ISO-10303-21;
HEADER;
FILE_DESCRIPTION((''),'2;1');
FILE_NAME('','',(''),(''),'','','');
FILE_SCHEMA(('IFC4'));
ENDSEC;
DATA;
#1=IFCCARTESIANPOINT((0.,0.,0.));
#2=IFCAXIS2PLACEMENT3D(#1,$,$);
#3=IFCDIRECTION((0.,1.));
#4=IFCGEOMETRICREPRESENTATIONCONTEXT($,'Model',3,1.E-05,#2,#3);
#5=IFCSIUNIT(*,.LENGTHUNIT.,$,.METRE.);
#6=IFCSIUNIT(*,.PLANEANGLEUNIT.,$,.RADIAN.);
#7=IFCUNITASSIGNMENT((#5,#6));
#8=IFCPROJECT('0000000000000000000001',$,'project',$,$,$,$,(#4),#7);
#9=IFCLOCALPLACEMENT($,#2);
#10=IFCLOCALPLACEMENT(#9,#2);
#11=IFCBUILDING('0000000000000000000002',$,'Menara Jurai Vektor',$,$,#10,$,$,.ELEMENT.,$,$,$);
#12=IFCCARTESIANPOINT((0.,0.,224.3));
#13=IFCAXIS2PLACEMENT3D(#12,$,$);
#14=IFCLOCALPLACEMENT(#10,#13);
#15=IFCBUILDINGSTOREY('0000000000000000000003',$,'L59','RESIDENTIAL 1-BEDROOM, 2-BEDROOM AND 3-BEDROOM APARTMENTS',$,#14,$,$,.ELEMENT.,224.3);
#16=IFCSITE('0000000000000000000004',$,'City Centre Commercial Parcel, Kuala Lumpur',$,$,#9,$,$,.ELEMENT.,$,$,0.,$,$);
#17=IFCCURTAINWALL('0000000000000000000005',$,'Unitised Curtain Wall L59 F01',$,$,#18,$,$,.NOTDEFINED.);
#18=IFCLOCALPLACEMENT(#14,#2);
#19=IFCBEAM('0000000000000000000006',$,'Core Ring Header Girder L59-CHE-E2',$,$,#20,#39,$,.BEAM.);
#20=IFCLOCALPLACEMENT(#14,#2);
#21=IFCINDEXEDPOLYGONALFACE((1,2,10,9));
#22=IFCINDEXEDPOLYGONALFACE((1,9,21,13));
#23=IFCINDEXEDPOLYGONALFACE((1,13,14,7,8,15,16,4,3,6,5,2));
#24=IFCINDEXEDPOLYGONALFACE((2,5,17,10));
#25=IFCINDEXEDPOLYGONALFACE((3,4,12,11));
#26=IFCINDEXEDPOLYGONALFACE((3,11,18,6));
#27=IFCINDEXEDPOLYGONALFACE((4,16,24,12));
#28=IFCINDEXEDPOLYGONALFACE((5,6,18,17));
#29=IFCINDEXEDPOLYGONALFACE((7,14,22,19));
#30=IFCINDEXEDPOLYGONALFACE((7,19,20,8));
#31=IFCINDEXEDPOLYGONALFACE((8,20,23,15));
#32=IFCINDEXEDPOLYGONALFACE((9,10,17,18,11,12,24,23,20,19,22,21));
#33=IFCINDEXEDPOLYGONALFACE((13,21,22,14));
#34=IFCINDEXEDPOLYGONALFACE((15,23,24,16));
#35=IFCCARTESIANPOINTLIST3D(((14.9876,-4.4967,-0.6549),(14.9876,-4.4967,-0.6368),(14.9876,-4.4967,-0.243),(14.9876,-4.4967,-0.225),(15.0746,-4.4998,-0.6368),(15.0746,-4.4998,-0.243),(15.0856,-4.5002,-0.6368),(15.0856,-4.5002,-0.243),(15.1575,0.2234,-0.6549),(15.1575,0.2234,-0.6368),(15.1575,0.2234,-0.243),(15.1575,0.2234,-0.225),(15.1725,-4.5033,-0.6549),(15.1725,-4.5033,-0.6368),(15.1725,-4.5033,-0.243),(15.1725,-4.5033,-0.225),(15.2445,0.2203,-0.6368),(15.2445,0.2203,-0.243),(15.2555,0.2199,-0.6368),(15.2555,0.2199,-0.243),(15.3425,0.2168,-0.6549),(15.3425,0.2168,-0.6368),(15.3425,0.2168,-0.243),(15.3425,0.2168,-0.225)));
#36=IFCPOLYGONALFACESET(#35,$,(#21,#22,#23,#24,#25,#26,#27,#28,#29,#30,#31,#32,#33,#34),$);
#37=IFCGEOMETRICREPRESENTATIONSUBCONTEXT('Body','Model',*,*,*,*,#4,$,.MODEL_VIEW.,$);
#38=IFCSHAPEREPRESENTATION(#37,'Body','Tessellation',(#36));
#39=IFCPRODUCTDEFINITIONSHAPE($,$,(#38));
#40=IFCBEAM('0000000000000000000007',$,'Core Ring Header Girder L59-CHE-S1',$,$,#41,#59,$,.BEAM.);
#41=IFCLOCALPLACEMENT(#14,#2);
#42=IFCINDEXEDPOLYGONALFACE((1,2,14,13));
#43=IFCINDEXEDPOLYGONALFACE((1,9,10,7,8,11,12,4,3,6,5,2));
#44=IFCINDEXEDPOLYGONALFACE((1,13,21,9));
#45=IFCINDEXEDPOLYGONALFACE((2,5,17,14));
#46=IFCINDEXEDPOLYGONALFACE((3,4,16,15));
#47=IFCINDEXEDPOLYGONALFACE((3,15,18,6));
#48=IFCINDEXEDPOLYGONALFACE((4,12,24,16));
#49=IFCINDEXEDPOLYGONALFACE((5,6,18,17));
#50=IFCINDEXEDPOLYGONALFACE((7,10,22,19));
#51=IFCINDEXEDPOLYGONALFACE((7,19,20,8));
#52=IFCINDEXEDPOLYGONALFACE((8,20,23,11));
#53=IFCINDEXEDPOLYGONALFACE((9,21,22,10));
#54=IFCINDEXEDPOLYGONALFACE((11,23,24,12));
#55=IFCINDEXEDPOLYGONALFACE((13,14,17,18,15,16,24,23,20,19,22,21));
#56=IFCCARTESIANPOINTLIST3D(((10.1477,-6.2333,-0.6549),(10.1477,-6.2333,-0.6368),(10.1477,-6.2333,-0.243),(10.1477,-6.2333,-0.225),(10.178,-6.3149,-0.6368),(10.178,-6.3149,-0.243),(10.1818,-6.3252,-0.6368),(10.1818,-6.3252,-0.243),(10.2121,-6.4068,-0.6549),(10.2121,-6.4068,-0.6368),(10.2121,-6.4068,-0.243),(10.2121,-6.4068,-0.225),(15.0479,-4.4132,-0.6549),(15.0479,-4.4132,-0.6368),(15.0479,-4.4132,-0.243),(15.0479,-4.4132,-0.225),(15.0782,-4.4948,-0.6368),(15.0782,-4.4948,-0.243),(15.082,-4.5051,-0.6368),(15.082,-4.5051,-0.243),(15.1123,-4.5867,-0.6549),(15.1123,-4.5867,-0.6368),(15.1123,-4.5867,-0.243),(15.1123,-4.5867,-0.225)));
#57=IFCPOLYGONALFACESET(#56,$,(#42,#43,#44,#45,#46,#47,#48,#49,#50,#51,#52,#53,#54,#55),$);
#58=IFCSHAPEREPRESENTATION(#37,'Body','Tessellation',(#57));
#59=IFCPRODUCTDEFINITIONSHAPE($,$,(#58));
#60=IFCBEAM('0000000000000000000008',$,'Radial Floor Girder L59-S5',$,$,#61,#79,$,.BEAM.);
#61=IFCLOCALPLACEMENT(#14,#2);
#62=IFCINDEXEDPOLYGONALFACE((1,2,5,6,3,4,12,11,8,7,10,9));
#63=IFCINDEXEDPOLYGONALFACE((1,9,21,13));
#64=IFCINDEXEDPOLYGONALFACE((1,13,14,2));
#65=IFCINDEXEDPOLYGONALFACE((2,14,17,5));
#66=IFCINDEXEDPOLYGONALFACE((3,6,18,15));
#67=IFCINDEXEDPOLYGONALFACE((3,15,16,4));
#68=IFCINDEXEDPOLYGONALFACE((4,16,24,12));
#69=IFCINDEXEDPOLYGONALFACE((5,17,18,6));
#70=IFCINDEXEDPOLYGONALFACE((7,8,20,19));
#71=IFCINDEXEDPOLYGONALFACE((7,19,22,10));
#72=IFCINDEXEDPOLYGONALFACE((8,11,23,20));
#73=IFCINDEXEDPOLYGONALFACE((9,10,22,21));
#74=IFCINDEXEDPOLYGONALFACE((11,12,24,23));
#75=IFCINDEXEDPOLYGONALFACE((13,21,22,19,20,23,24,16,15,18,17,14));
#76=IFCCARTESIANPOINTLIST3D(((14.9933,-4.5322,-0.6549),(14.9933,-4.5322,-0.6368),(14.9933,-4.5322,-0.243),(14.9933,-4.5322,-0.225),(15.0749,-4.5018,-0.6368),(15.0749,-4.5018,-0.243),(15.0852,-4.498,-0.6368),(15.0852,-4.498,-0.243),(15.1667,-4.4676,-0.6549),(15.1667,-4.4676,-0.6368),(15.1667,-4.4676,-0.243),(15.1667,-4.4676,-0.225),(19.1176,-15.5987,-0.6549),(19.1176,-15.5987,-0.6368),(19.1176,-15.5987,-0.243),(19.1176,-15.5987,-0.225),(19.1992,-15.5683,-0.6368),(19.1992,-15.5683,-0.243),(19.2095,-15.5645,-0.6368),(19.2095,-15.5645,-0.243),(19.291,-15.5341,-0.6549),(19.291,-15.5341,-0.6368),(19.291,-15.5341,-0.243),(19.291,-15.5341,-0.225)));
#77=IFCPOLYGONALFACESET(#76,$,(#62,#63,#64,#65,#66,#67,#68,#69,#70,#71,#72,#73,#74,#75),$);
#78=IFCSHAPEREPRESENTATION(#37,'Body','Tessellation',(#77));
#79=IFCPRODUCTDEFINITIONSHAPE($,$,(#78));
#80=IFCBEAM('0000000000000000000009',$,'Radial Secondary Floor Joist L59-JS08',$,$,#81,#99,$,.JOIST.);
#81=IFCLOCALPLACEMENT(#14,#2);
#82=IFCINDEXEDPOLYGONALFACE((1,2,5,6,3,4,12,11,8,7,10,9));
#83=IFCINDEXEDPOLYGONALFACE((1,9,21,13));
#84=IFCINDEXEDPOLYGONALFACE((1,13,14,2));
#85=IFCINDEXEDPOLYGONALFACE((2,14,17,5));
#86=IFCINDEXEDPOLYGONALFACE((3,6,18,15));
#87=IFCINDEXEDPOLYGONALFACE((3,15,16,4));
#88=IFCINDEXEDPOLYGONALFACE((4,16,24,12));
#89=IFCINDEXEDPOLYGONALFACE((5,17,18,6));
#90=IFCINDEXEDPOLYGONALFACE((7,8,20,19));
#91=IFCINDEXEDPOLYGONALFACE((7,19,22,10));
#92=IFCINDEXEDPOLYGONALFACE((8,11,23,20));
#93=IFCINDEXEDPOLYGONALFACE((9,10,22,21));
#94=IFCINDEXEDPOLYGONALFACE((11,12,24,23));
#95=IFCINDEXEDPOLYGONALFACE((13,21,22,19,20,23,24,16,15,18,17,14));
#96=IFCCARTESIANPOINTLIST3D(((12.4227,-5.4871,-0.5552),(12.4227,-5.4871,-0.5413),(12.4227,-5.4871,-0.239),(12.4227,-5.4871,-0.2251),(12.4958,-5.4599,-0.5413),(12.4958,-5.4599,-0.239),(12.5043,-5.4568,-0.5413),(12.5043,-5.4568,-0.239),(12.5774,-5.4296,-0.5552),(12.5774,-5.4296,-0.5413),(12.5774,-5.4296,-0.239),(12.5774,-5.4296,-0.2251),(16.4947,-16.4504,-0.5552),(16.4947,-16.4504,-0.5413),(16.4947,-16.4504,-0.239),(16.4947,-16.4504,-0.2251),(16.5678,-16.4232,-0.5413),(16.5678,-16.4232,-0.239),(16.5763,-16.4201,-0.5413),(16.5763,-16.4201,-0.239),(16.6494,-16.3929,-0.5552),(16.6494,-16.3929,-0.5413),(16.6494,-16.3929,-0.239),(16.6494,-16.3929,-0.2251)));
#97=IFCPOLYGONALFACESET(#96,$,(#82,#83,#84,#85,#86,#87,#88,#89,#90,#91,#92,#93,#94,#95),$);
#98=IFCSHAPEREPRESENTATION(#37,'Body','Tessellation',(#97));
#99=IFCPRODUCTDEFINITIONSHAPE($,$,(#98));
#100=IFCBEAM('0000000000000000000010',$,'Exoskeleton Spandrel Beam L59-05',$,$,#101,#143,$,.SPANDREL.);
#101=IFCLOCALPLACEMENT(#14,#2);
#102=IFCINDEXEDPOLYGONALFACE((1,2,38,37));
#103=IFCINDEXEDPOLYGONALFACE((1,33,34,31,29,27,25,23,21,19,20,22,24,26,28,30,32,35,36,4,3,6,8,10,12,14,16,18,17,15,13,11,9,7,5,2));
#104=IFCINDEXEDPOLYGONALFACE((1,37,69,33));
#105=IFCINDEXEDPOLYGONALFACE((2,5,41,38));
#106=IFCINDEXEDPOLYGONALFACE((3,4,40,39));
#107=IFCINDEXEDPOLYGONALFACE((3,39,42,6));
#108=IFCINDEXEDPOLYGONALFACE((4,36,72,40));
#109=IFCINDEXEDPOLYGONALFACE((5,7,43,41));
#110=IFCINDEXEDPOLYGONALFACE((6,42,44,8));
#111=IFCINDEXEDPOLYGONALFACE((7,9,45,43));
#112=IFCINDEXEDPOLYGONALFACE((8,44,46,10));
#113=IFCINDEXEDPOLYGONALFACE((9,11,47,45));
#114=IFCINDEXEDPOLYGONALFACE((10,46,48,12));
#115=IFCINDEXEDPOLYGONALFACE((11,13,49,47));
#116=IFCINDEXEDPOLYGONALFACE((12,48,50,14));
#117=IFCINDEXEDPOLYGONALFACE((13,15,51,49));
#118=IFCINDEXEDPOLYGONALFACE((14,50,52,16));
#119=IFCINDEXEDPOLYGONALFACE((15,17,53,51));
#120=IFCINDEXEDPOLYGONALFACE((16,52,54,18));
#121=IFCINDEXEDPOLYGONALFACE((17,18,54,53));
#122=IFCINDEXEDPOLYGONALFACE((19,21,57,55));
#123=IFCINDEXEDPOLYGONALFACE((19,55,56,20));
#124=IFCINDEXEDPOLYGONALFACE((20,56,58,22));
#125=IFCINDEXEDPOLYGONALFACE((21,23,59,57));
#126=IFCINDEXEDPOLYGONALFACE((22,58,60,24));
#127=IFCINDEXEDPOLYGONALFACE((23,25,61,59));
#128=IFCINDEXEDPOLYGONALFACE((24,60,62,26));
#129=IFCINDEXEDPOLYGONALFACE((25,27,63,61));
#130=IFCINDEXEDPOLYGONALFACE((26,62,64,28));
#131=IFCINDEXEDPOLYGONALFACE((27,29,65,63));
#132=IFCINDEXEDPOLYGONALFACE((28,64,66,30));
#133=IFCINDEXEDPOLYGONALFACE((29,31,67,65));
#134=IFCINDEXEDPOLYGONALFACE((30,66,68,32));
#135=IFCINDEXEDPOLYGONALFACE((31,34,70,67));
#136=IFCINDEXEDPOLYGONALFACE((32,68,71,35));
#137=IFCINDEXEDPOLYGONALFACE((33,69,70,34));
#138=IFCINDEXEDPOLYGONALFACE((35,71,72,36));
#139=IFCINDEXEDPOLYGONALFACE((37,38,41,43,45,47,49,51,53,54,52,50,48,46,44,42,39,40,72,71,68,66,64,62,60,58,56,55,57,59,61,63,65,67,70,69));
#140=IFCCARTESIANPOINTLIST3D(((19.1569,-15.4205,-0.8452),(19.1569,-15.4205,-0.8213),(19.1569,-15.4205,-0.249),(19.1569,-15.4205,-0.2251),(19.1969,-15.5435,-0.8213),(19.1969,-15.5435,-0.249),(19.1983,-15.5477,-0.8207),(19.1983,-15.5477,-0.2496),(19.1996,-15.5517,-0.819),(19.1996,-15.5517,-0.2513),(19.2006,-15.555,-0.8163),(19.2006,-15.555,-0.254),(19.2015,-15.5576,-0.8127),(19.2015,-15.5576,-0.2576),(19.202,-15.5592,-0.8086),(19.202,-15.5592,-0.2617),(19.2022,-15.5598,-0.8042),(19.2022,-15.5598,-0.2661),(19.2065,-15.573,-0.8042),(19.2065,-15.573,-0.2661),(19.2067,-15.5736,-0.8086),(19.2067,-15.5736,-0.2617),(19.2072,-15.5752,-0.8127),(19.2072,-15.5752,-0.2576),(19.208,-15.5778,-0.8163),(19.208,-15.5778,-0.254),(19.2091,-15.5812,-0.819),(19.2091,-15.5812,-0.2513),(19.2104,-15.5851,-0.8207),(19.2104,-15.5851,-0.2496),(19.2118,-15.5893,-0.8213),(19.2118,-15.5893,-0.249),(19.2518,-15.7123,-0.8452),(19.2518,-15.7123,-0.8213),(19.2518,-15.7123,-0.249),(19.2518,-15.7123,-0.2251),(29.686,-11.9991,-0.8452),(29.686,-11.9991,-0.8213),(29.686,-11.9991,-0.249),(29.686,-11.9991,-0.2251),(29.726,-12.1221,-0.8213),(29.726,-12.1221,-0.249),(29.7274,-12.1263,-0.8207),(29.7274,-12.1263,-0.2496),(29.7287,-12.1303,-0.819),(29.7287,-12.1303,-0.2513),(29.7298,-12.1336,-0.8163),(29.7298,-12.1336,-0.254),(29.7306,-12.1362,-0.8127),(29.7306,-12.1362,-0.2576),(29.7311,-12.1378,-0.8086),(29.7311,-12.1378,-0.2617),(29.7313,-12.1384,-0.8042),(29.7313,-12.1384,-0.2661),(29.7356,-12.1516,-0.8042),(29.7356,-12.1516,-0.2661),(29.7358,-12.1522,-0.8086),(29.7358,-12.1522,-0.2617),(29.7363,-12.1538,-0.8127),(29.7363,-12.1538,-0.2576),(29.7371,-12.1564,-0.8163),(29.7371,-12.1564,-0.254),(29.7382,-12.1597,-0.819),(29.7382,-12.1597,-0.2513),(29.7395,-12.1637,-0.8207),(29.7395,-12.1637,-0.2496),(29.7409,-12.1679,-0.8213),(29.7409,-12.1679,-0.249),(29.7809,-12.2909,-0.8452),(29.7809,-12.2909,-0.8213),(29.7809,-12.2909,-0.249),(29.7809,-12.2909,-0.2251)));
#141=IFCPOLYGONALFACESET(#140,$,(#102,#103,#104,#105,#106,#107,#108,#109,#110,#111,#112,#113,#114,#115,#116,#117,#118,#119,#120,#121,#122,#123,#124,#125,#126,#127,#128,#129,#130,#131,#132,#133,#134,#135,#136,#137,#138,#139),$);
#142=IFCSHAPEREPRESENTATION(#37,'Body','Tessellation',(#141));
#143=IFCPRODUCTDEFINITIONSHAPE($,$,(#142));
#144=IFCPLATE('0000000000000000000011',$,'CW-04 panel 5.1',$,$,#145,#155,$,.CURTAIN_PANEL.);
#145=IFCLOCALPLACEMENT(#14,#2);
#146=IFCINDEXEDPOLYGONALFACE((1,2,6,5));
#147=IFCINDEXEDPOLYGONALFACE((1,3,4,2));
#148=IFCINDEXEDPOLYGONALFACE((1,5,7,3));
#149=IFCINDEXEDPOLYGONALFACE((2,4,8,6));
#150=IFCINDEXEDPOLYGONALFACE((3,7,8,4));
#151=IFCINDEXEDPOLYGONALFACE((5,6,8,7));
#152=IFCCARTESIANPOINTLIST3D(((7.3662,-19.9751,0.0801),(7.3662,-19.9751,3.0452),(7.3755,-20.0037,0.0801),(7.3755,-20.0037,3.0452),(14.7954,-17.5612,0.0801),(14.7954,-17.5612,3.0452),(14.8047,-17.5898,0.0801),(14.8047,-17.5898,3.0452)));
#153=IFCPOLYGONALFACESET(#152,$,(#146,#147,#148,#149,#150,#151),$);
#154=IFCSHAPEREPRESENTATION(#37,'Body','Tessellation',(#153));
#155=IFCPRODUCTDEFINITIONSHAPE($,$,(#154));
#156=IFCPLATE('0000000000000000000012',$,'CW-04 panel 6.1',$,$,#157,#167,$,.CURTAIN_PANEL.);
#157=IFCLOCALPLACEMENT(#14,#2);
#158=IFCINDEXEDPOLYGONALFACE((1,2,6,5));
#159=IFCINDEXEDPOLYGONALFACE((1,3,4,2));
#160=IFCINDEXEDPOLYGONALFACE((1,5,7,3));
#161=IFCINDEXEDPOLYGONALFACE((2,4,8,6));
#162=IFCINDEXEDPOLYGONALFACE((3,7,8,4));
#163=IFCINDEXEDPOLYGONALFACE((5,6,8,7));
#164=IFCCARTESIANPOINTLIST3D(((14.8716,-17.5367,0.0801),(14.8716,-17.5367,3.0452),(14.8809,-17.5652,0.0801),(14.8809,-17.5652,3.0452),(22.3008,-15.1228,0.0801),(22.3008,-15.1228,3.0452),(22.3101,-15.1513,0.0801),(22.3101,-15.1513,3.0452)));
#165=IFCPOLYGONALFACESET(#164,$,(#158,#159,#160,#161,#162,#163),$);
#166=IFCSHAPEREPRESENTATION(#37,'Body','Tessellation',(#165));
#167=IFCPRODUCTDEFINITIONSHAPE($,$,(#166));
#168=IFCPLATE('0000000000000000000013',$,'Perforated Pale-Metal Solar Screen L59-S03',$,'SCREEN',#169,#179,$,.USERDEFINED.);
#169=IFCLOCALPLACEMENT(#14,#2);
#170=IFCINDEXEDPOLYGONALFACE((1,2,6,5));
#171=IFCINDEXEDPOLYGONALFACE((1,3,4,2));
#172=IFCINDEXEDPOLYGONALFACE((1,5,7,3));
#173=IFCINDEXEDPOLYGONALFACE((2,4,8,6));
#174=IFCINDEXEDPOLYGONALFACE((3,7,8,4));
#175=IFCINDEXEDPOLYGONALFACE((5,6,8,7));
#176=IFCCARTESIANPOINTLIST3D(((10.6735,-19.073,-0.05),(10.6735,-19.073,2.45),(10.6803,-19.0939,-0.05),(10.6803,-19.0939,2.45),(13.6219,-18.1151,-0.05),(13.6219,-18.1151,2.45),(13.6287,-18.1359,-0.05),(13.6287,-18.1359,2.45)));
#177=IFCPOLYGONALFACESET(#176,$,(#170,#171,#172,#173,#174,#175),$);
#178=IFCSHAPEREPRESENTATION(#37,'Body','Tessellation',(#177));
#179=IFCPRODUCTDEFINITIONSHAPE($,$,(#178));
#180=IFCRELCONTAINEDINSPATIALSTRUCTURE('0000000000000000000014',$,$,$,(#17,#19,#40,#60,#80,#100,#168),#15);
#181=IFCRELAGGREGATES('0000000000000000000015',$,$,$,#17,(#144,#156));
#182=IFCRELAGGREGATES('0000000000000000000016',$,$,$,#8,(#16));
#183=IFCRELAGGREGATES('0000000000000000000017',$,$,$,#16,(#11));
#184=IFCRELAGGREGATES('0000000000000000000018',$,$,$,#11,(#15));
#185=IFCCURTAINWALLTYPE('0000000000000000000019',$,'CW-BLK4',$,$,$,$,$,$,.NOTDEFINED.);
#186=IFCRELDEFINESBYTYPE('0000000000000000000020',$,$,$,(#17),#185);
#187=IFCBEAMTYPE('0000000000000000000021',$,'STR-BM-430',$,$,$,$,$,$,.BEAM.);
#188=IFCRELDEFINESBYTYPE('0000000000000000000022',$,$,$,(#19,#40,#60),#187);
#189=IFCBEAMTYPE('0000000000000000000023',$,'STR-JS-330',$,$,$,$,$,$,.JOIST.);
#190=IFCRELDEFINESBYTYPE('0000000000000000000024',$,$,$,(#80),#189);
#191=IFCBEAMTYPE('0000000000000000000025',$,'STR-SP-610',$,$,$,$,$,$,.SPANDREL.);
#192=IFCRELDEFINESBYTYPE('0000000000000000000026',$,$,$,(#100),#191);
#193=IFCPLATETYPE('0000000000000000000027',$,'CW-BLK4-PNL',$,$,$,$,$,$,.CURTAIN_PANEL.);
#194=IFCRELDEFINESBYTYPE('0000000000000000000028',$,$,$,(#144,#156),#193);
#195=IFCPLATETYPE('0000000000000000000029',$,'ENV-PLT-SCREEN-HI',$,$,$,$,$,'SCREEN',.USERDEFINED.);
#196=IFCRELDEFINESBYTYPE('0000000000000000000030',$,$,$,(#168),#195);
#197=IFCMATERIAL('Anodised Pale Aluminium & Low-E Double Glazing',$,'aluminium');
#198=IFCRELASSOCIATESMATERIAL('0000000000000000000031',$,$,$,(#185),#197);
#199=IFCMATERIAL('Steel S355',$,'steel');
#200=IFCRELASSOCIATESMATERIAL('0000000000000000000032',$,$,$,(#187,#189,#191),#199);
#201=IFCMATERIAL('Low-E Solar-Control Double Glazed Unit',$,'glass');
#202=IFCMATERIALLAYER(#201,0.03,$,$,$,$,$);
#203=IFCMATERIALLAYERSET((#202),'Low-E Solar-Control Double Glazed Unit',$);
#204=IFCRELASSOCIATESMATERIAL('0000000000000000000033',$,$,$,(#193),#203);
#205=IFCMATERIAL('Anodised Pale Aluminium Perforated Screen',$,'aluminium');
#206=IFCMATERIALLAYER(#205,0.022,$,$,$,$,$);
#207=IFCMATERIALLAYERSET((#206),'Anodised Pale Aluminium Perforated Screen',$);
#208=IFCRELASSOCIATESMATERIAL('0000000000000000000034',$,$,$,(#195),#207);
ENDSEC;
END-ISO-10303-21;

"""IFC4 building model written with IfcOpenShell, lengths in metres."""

from ifc_helpers import new_model, si_unit, direction, frame, origin, origin_2d, place, context, subcontext, project, spatial, rectangle, i_section, extrude, material, layer, layer_set, material_profile, profile_set, type_object, element, aggregate, save


model = new_model("IFC4")

# Units and contexts
model_context = context("Model", 3, precision=1e-05, world=origin(), true_north=direction((0.0, 1.0)))
body_context = subcontext(model_context, "Body", "Model", "MODEL_VIEW")
ifc_project = project(units=[si_unit("LENGTHUNIT", "METRE"), si_unit("PLANEANGLEUNIT", "RADIAN")], contexts=[model_context])

# Site, building, storey
site_placement = place(None, origin())
site = spatial("IfcSite", under=ifc_project, at=site_placement, Name="City Centre Commercial Parcel, Kuala Lumpur", CompositionType="ELEMENT", RefElevation=0.0)
building_placement = place(site_placement, origin())
building = spatial("IfcBuilding", under=site, at=building_placement, Name="Menara Jurai Vektor", CompositionType="ELEMENT")
storey_placement = place(building_placement, frame((0.0, 0.0, 224.3)))
storey = spatial("IfcBuildingStorey", under=building, at=storey_placement, Name="L59", Description="RESIDENTIAL 1-BEDROOM, 2-BEDROOM AND 3-BEDROOM APARTMENTS", CompositionType="ELEMENT", Elevation=224.3)

# Curtain wall
ifc_material_1 = material(Name="Anodised Pale Aluminium & Low-E Double Glazing", Category="aluminium")
curtain_wall_type = type_object("IfcCurtainWallType", Name="CW-BLK4", PredefinedType="NOTDEFINED", material=ifc_material_1)
curtain_wall_placement = place(storey_placement, origin())
curtain_wall = element("IfcCurtainWall", 1, at=curtain_wall_placement, inside=storey, type_object=curtain_wall_type, Name="Unitised Curtain Wall L59 F01", PredefinedType="NOTDEFINED")

# Beams
ifc_material_2 = material(Name="Steel S355", Category="steel")
ifc_material_profile_1 = material_profile(ifc_material_2, i_section(OverallWidth=0.1851, OverallDepth=0.4299, WebThickness=0.011, FlangeThickness=0.0181, at=origin_2d()), Name="PG 430x185x76")
ifc_profile_set_1 = profile_set([ifc_material_profile_1], Name="Steel S355")
beam_type_1 = type_object("IfcBeamType", Name="STR-BM-430", PredefinedType="BEAM", material=ifc_profile_set_1)
beam_1_placement = place(storey_placement, frame((15.0801, -4.5, -0.4399), z_axis=(0.035977, 0.999353, 0.0), x_axis=(-0.999353, 0.035977, 0.0)))
element("IfcBeam", 2, at=beam_1_placement, inside=storey, type_object=beam_type_1, Name="Core Ring Header Girder L59-CHE-E2", PredefinedType="BEAM", context=body_context, shape_type="SweptSolid", body=[
    extrude(i_section(OverallWidth=0.1851, OverallDepth=0.4299, WebThickness=0.011, FlangeThickness=0.0181, at=origin_2d()), origin(), (0.0, 0.0, 1.0), 4.7231),
])
beam_2_placement = place(storey_placement, frame((10.1799, -6.3201, -0.4399), z_axis=(0.937424, 0.348189, 0.0), x_axis=(-0.348189, 0.937424, 0.0)))
element("IfcBeam", 3, at=beam_2_placement, inside=storey, type_object=beam_type_1, Name="Core Ring Header Girder L59-CHE-S1", PredefinedType="BEAM", context=body_context, shape_type="SweptSolid", body=[
    extrude(i_section(OverallWidth=0.1851, OverallDepth=0.4299, WebThickness=0.011, FlangeThickness=0.0181, at=origin_2d()), origin(), (0.0, 0.0, 1.0), 5.2273),
])
beam_3_placement = place(storey_placement, frame((19.2043, -15.5664, -0.4399), z_axis=(-0.34922, 0.937041, 0.0), x_axis=(-0.937041, -0.34922, 0.0)))
element("IfcBeam", 4, at=beam_3_placement, inside=storey, type_object=beam_type_1, Name="Radial Floor Girder L59-S5", PredefinedType="BEAM", context=body_context, shape_type="SweptSolid", body=[
    extrude(i_section(OverallWidth=0.1851, OverallDepth=0.4299, WebThickness=0.011, FlangeThickness=0.0181, at=origin_2d()), origin(), (0.0, 0.0, 1.0), 11.8101),
])
ifc_material_profile_2 = material_profile(ifc_material_2, i_section(OverallWidth=0.165, OverallDepth=0.3301, WebThickness=0.009, FlangeThickness=0.0139, at=origin_2d()), Name="PG 330x165x46")
ifc_profile_set_2 = profile_set([ifc_material_profile_2], Name="Steel S355")
beam_type_2 = type_object("IfcBeamType", Name="STR-JS-330", PredefinedType="JOIST", material=ifc_profile_set_2)
beam_4_placement = place(storey_placement, frame((16.572, -16.4216, -0.3901), z_axis=(-0.34818, 0.937428, 0.0), x_axis=(-0.937428, -0.34818, 0.0)))
element("IfcBeam", 5, at=beam_4_placement, inside=storey, type_object=beam_type_2, Name="Radial Secondary Floor Joist L59-JS08", PredefinedType="JOIST", context=body_context, shape_type="SweptSolid", body=[
    extrude(i_section(OverallWidth=0.165, OverallDepth=0.3301, WebThickness=0.009, FlangeThickness=0.0139, at=origin_2d()), origin(), (0.0, 0.0, 1.0), 11.6951),
])
ifc_material_profile_3 = material_profile(ifc_material_2, i_section(OverallWidth=0.3069, OverallDepth=0.6201, WebThickness=0.0139, FlangeThickness=0.0239, FilletRadius=0.0171, at=origin_2d()), Name="UKB 610x305x179")
ifc_profile_set_3 = profile_set([ifc_material_profile_3], Name="Steel S355")
beam_type_3 = type_object("IfcBeamType", Name="STR-SP-610", PredefinedType="SPANDREL", material=ifc_profile_set_3)
beam_5_placement = place(storey_placement, frame((19.2043, -15.5664, -0.5352), z_axis=(0.951049, 0.309041, 0.0), x_axis=(-0.309041, 0.951049, 0.0)))
element("IfcBeam", 6, at=beam_5_placement, inside=storey, type_object=beam_type_3, Name="Exoskeleton Spandrel Beam L59-05", PredefinedType="SPANDREL", context=body_context, shape_type="SweptSolid", body=[
    extrude(i_section(OverallWidth=0.3069, OverallDepth=0.6201, WebThickness=0.0139, FlangeThickness=0.0239, FilletRadius=0.0171, at=origin_2d()), origin(), (0.0, 0.0, 1.0), 11.071),
])

# Plates
ifc_material_3 = material(Name="Low-E Solar-Control Double Glazed Unit", Category="glass")
ifc_layer_1 = layer(ifc_material_3, 0.03)
ifc_layer_set_1 = layer_set([ifc_layer_1], Name="Low-E Solar-Control Double Glazed Unit")
plate_type_1 = type_object("IfcPlateType", Name="CW-BLK4-PNL", PredefinedType="CURTAIN_PANEL", material=ifc_layer_set_1)
plate_1_placement = place(storey_placement, frame((11.0854, -18.7825, 0.0801), z_axis=(0.0, 0.0, 1.0), x_axis=(0.951056, 0.309017, 0.0)))
plate_1 = element("IfcPlate", 7, at=plate_1_placement, type_object=plate_type_1, Name="CW-04 panel 5.1", PredefinedType="CURTAIN_PANEL", context=body_context, shape_type="SweptSolid", body=[
    extrude(rectangle(XDim=7.8115, YDim=0.03, at=origin_2d()), origin(), (0.0, 0.0, 1.0), 2.9651),
])
plate_2_placement = place(storey_placement, frame((18.5908, -16.344, 0.0801), z_axis=(0.0, 0.0, 1.0), x_axis=(0.951056, 0.309017, 0.0)))
plate_2 = element("IfcPlate", 8, at=plate_2_placement, type_object=plate_type_1, Name="CW-04 panel 6.1", PredefinedType="CURTAIN_PANEL", context=body_context, shape_type="SweptSolid", body=[
    extrude(rectangle(XDim=7.8115, YDim=0.03, at=origin_2d()), origin(), (0.0, 0.0, 1.0), 2.9651),
])
aggregate(curtain_wall, [plate_1, plate_2])
ifc_material_4 = material(Name="Anodised Pale Aluminium Perforated Screen", Category="aluminium")
ifc_layer_2 = layer(ifc_material_4, 0.022)
ifc_layer_set_2 = layer_set([ifc_layer_2], Name="Anodised Pale Aluminium Perforated Screen")
plate_type_2 = type_object("IfcPlateType", Name="ENV-PLT-SCREEN-HI", ElementType="SCREEN", PredefinedType="USERDEFINED", material=ifc_layer_set_2)
plate_3_placement = place(storey_placement, frame((12.1511, -18.6045, -0.05), z_axis=(0.0, 0.0, 1.0), x_axis=(0.951057, 0.309017, 0.0)))
element("IfcPlate", 9, at=plate_3_placement, inside=storey, type_object=plate_type_2, Name="Perforated Pale-Metal Solar Screen L59-S03", ObjectType="SCREEN", PredefinedType="USERDEFINED", context=body_context, shape_type="SweptSolid", body=[
    extrude(rectangle(XDim=3.1001, YDim=0.022, at=origin_2d()), origin(), (0.0, 0.0, 1.0), 2.5),
])

save(model, "model.ifc")
